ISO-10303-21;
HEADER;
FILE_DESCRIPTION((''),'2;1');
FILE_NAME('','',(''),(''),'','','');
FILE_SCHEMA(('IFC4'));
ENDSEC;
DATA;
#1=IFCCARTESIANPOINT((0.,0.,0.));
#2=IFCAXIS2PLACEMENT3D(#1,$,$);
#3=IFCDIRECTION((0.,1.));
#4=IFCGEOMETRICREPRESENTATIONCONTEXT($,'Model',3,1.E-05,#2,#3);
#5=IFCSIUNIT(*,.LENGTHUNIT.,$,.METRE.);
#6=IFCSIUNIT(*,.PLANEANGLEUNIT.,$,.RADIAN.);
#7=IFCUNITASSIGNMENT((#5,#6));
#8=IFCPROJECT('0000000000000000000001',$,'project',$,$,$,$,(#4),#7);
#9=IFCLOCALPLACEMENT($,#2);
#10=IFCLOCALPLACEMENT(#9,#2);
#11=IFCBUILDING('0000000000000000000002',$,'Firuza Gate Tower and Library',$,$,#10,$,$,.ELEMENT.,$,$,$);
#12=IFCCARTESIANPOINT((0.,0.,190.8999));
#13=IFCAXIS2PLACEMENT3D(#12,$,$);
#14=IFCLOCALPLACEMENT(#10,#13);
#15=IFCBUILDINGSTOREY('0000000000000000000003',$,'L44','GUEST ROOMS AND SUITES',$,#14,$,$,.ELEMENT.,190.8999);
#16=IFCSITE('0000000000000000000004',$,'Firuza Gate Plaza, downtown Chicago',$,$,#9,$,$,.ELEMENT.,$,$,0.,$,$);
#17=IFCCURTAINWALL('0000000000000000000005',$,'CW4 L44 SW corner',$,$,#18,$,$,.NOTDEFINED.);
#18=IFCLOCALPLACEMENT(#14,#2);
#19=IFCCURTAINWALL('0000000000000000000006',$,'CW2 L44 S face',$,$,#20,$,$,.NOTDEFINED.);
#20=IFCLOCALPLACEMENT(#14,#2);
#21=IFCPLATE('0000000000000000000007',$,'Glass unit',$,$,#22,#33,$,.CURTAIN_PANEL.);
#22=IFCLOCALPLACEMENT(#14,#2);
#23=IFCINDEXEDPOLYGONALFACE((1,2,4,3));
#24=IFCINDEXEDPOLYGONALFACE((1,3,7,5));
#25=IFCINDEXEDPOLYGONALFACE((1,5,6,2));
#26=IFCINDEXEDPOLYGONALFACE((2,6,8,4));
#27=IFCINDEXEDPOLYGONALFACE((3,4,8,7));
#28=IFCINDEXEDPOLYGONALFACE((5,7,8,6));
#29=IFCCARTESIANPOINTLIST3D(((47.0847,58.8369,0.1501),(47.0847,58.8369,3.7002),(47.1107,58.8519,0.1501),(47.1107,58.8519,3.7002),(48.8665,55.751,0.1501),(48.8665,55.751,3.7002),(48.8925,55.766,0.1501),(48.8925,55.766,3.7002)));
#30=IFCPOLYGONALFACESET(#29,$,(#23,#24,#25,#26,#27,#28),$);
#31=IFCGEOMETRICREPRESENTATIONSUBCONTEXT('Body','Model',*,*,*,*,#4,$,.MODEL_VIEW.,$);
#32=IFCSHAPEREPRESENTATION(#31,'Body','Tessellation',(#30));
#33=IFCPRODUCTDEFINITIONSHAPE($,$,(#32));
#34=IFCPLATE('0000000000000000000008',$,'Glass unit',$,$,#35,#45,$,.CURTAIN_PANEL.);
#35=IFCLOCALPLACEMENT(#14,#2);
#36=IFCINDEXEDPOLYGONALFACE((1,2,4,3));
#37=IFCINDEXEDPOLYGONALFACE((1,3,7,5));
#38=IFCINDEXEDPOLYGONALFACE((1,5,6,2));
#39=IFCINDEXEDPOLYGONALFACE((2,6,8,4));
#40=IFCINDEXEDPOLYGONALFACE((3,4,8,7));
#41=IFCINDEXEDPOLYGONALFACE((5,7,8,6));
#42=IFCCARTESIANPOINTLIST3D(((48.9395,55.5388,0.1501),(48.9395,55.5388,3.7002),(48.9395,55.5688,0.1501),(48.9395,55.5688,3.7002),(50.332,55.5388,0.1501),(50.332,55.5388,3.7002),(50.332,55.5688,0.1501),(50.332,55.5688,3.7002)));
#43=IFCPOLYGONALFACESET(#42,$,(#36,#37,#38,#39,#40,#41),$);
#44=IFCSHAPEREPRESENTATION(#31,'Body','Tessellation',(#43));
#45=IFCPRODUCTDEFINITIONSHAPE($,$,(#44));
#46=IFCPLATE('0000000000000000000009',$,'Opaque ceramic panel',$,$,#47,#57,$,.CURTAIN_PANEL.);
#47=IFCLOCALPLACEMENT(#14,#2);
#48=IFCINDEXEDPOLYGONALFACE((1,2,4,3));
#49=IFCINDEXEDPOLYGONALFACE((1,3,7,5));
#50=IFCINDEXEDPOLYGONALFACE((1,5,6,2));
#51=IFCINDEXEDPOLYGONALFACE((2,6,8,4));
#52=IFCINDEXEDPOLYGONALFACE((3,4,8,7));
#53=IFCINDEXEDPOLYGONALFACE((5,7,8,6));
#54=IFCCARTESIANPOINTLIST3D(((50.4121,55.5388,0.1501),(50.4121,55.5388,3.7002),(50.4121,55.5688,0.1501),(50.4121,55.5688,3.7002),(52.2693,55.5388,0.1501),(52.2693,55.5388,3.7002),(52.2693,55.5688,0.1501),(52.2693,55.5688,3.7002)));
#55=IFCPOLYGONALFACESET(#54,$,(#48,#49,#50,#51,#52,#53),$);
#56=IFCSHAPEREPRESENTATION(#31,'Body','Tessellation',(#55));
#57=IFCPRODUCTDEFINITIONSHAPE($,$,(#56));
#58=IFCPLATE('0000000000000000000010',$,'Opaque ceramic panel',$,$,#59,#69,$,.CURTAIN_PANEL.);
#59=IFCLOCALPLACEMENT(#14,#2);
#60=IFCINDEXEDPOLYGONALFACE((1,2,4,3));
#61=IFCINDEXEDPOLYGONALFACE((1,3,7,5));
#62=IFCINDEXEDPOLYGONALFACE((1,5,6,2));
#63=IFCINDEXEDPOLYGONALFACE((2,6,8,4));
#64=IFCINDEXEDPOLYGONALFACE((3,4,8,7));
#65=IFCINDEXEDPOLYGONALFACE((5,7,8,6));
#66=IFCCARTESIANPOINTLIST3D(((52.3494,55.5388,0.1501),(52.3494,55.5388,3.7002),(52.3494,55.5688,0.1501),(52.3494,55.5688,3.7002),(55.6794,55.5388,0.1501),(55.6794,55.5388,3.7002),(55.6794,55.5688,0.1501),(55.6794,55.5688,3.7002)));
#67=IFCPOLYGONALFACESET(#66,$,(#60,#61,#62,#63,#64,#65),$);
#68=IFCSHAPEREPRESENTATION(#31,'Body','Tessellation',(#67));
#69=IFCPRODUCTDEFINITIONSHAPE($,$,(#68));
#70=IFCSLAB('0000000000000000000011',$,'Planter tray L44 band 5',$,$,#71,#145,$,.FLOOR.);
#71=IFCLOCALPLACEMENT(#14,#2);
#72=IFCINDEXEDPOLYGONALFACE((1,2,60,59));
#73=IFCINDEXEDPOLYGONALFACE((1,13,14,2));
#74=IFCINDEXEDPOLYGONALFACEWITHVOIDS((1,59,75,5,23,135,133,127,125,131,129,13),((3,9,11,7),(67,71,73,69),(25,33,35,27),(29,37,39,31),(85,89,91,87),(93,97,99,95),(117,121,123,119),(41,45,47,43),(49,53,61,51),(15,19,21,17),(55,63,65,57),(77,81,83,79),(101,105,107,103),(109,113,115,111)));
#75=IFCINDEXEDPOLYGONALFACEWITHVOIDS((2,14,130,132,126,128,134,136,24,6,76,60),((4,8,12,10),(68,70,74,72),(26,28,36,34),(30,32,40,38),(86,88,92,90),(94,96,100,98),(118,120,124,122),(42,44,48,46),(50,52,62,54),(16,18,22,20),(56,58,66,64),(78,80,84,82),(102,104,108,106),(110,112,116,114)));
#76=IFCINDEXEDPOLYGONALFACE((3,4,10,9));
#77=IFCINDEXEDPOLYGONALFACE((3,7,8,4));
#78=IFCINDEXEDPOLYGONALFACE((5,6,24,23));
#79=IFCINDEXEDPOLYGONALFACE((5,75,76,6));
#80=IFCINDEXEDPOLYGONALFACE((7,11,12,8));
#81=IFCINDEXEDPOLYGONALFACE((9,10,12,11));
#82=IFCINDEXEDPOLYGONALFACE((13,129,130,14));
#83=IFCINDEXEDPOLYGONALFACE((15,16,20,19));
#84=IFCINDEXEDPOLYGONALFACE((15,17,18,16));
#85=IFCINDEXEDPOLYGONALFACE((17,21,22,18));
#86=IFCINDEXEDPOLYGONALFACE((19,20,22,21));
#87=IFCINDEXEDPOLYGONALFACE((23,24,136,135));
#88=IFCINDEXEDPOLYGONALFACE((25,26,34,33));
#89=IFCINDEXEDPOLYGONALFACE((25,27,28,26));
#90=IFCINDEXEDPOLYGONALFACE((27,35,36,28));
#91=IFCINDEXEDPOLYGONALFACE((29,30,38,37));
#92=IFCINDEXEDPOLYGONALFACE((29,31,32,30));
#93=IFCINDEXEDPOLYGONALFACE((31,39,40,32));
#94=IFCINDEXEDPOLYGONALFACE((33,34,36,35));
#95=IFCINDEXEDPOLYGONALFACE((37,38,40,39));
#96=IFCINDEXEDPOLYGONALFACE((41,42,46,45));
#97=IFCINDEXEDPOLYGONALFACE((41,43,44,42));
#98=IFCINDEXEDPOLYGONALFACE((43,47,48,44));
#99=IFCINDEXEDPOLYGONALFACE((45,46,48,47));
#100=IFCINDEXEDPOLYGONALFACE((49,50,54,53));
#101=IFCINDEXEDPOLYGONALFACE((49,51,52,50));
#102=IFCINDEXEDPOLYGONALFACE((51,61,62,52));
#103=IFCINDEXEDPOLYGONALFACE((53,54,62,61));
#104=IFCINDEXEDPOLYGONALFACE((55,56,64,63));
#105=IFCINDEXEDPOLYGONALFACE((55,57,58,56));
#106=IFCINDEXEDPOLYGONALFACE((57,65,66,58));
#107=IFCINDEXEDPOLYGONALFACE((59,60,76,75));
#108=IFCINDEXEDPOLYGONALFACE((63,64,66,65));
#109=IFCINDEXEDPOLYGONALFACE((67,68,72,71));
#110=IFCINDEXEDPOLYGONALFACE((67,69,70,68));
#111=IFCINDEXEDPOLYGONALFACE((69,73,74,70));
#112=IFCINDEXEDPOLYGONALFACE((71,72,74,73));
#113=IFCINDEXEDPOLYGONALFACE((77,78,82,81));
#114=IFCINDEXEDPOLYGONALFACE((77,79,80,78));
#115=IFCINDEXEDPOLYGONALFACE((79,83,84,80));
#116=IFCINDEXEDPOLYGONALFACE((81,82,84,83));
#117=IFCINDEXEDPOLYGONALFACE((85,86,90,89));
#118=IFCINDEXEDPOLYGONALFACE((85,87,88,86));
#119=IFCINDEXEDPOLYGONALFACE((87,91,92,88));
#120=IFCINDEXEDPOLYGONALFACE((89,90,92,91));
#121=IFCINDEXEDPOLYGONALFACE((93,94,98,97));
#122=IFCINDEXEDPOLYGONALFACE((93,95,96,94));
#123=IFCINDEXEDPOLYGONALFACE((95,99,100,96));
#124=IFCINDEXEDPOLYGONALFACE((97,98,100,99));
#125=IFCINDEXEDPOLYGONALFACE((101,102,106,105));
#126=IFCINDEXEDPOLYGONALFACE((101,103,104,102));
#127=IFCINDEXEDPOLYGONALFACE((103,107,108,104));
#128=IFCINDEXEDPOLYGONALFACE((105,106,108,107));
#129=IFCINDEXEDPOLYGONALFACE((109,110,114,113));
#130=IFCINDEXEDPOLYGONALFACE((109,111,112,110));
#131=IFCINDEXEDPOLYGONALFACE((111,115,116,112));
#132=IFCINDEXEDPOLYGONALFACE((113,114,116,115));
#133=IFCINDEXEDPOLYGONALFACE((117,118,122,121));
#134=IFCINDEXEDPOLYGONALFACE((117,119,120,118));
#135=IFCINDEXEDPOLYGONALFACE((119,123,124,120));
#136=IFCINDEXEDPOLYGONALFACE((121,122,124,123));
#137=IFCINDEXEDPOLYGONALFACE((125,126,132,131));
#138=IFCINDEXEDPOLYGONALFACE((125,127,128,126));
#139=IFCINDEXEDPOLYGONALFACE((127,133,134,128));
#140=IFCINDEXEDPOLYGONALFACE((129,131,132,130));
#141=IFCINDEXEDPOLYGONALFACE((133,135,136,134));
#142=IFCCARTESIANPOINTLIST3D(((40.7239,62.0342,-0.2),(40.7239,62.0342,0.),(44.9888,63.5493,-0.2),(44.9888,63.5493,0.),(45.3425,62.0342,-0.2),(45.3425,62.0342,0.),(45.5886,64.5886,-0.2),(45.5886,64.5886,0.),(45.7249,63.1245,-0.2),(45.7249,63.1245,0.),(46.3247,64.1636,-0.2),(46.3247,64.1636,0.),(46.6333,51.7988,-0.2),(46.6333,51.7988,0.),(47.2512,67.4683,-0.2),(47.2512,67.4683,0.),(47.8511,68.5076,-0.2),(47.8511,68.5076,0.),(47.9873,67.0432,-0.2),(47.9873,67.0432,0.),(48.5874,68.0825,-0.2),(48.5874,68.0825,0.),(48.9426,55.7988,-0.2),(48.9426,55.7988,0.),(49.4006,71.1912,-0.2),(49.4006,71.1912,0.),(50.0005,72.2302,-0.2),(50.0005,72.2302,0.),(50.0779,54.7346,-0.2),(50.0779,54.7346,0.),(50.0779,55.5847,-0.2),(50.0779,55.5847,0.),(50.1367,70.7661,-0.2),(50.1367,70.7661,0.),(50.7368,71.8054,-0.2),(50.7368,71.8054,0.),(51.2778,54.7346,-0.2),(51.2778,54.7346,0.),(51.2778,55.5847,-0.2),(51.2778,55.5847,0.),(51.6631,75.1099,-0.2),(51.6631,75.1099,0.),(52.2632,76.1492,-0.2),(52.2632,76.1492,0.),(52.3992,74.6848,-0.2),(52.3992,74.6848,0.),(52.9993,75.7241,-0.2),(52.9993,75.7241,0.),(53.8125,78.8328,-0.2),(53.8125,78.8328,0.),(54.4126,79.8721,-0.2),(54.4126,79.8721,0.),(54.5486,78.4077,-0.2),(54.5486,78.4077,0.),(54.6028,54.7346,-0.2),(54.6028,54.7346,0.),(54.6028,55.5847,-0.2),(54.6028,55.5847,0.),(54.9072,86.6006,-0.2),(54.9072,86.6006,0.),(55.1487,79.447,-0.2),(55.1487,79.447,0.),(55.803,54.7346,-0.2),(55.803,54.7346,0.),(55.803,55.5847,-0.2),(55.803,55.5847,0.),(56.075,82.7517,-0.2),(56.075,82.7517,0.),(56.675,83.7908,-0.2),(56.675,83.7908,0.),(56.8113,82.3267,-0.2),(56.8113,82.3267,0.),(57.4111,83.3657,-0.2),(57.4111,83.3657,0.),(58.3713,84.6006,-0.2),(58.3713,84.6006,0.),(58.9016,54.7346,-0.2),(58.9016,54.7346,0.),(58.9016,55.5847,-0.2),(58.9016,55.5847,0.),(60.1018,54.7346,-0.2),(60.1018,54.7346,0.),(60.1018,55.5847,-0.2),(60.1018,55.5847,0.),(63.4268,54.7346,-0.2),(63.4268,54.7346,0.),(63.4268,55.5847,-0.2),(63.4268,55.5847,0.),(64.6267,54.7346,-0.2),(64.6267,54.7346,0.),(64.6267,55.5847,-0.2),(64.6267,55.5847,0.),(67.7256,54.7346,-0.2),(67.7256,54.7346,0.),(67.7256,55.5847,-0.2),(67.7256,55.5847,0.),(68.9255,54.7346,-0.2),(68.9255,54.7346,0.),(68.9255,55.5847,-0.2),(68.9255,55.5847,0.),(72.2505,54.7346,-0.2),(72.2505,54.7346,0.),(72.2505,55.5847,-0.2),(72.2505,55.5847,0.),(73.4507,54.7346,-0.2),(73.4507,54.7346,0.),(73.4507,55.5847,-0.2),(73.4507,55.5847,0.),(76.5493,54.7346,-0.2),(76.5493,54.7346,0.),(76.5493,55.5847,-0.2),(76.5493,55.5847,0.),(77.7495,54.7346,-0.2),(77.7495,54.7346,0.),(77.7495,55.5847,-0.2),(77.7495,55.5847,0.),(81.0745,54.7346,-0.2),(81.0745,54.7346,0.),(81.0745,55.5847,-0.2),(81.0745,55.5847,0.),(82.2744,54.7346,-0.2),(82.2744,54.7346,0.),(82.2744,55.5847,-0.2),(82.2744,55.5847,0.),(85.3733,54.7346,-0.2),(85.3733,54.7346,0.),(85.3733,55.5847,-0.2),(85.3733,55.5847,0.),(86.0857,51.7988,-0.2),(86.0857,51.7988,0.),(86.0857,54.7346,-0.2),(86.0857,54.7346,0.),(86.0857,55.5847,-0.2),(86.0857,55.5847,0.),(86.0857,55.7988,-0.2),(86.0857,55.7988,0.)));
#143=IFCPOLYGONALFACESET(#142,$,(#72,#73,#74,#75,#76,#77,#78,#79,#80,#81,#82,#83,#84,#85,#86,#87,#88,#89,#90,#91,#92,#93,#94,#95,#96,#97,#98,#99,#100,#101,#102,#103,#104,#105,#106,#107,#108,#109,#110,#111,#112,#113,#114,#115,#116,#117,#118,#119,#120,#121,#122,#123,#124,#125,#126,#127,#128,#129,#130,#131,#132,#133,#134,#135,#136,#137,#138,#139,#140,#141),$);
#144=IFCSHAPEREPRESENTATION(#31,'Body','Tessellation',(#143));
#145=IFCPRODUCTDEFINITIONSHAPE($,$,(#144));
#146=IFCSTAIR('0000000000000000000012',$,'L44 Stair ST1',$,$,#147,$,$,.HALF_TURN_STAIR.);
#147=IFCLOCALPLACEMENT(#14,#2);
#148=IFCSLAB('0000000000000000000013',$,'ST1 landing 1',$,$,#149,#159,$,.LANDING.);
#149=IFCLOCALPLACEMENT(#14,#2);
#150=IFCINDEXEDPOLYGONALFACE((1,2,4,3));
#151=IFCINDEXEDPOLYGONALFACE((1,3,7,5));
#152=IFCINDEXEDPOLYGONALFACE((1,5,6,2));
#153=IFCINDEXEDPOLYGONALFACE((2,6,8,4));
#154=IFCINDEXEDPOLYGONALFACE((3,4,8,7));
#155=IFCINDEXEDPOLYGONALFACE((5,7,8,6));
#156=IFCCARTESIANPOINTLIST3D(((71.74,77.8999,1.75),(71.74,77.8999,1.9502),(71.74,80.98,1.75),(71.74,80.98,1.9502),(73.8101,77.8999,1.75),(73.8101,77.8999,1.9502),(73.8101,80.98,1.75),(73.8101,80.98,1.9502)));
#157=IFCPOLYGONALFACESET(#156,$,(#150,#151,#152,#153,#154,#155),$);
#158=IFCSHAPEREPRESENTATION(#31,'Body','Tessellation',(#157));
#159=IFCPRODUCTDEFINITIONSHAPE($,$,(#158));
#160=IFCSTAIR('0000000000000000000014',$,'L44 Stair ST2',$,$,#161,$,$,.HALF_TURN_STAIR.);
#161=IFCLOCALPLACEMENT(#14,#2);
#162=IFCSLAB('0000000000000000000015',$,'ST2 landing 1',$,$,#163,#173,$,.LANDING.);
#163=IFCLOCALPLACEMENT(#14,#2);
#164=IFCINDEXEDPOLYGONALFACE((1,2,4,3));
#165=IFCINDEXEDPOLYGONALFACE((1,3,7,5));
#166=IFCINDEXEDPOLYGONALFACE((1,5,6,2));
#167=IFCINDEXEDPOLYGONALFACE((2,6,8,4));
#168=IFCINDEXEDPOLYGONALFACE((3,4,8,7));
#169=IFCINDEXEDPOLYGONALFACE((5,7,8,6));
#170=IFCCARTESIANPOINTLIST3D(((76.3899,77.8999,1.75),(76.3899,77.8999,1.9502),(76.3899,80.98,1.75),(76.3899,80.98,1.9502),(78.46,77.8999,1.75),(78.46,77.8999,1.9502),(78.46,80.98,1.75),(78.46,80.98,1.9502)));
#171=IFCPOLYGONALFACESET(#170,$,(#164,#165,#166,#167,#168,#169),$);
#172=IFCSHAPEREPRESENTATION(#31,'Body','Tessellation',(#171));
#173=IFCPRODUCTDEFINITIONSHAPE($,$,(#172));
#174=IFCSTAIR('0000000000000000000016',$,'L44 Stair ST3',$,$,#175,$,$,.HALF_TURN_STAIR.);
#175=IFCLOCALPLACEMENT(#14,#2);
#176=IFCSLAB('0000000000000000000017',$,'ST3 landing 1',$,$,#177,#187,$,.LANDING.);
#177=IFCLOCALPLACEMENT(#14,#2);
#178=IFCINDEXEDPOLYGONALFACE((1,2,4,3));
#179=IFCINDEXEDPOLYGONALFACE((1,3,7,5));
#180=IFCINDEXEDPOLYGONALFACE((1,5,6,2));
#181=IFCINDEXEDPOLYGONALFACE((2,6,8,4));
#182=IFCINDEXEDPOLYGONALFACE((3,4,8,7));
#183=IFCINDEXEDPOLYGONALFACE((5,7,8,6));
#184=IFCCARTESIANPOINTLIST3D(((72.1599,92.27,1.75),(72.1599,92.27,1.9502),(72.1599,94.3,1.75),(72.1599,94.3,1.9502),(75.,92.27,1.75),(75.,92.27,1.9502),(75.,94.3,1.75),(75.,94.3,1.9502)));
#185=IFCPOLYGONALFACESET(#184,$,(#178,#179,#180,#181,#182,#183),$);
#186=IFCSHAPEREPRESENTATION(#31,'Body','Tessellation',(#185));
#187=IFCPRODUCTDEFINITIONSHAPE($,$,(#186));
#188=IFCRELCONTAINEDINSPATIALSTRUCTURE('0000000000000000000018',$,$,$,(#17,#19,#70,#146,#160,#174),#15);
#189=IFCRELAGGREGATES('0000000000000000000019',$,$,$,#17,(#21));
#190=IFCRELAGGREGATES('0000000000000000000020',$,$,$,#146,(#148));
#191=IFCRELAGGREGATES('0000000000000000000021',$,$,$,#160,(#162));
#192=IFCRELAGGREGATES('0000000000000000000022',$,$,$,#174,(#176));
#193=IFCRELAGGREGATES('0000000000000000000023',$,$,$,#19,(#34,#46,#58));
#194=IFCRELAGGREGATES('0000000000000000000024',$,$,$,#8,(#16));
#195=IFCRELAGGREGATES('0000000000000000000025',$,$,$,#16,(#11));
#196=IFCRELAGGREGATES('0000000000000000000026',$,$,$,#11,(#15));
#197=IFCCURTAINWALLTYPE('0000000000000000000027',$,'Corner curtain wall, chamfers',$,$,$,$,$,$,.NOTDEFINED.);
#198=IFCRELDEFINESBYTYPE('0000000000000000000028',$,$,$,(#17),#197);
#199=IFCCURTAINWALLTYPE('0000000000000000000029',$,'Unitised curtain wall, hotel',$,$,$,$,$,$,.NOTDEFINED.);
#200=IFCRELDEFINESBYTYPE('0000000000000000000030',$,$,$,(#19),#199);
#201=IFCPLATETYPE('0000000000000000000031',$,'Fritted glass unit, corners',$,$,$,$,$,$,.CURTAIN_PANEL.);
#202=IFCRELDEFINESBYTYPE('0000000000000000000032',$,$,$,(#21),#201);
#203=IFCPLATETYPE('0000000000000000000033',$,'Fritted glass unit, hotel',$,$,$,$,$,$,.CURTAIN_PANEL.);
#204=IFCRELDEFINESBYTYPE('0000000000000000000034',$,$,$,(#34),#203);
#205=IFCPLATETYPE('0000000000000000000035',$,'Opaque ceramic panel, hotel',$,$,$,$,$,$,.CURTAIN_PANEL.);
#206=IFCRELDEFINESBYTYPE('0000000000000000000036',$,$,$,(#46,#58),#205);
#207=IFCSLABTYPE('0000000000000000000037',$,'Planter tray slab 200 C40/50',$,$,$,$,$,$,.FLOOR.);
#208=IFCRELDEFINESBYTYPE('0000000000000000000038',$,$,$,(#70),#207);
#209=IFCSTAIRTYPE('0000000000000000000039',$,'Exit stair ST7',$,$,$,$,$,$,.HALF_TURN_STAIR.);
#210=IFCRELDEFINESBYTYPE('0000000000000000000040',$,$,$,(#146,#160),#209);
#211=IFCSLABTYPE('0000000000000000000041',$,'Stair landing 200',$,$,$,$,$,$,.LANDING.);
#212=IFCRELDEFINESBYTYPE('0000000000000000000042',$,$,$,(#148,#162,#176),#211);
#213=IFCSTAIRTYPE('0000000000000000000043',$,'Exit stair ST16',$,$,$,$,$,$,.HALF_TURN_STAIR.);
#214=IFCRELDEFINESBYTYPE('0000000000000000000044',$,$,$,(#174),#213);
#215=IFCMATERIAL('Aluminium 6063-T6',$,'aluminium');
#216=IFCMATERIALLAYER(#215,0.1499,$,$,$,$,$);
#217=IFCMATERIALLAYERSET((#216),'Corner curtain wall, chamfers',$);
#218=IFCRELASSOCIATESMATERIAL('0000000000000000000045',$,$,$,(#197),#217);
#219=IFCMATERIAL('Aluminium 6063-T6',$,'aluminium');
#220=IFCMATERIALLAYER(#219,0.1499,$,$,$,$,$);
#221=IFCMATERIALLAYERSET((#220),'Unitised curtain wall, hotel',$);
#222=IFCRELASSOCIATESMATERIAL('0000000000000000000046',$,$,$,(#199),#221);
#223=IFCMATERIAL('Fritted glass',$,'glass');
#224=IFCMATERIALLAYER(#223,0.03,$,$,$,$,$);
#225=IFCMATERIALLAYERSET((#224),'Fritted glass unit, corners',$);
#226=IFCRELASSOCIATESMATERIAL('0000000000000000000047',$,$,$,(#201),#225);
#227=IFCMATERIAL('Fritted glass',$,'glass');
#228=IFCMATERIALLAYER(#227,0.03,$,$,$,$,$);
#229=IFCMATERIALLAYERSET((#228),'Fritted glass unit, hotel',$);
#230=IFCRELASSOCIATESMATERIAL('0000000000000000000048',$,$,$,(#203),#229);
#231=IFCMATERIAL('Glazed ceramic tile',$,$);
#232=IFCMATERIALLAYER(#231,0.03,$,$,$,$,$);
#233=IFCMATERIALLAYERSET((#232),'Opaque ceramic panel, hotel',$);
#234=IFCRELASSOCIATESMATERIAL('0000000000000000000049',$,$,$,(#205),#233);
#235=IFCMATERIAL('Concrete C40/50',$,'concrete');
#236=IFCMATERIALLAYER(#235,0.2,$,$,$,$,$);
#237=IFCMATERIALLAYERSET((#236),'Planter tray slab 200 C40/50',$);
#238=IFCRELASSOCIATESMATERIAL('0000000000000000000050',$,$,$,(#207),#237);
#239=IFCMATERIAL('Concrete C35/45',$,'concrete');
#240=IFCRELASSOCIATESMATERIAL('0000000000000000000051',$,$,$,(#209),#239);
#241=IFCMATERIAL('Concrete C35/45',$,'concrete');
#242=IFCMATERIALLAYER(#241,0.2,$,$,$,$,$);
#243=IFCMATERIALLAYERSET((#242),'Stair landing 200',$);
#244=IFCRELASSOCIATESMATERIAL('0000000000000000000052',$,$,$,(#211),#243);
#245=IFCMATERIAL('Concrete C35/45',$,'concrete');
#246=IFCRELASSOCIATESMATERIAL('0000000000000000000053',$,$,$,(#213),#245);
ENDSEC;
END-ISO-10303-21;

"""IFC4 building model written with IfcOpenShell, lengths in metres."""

from ifc_helpers import new_model, si_unit, direction, frame, origin, place, context, subcontext, project, spatial, polyline, outline, extrude, material, layer, layer_set, type_object, element, aggregate, save


model = new_model("IFC4")

# Units and contexts
model_context = context("Model", 3, precision=1e-05, world=origin(), true_north=direction((0.0, 1.0)))
body_context = subcontext(model_context, "Body", "Model", "MODEL_VIEW")
ifc_project = project(units=[si_unit("LENGTHUNIT", "METRE"), si_unit("PLANEANGLEUNIT", "RADIAN")], contexts=[model_context])

# Site, building, storey
site_placement = place(None, origin())
site = spatial("IfcSite", under=ifc_project, at=site_placement, Name="Firuza Gate Plaza, downtown Chicago", CompositionType="ELEMENT", RefElevation=0.0)
building_placement = place(site_placement, origin())
building = spatial("IfcBuilding", under=site, at=building_placement, Name="Firuza Gate Tower and Library", CompositionType="ELEMENT")
storey_placement = place(building_placement, frame((0.0, 0.0, 190.8999)))
storey = spatial("IfcBuildingStorey", under=building, at=storey_placement, Name="L44", Description="GUEST ROOMS AND SUITES", CompositionType="ELEMENT", Elevation=190.8999)

# Curtain walls
ifc_material_1 = material(Name="Aluminium 6063-T6", Category="aluminium")
ifc_layer_1 = layer(ifc_material_1, 0.1499)
ifc_layer_set_1 = layer_set([ifc_layer_1], Name="Corner curtain wall, chamfers")
curtain_wall_type_1 = type_object("IfcCurtainWallType", Name="Corner curtain wall, chamfers", PredefinedType="NOTDEFINED", material=ifc_layer_set_1)
placement_1 = place(storey_placement, origin())
curtain_wall_1 = element("IfcCurtainWall", 1, at=placement_1, inside=storey, type_object=curtain_wall_type_1, Name="CW4 L44 SW corner", PredefinedType="NOTDEFINED")
ifc_material_2 = material(Name="Aluminium 6063-T6", Category="aluminium")
ifc_layer_2 = layer(ifc_material_2, 0.1499)
ifc_layer_set_2 = layer_set([ifc_layer_2], Name="Unitised curtain wall, hotel")
curtain_wall_type_2 = type_object("IfcCurtainWallType", Name="Unitised curtain wall, hotel", PredefinedType="NOTDEFINED", material=ifc_layer_set_2)
curtain_wall_2 = element("IfcCurtainWall", 2, at=placement_1, inside=storey, type_object=curtain_wall_type_2, Name="CW2 L44 S face", PredefinedType="NOTDEFINED")

# Shared definitions
placement_2 = place(storey_placement, frame((0.0, 0.0, -0.2)))

# Plates
ifc_material_3 = material(Name="Fritted glass", Category="glass")
ifc_layer_3 = layer(ifc_material_3, 0.03)
ifc_layer_set_3 = layer_set([ifc_layer_3], Name="Fritted glass unit, corners")
plate_type_1 = type_object("IfcPlateType", Name="Fritted glass unit, corners", PredefinedType="CURTAIN_PANEL", material=ifc_layer_set_3)
plate_1_placement = place(storey_placement, frame((47.0847, 58.8369, 0.1501), z_axis=(-0.866017, -0.500015, 0.0), x_axis=(0.500015, -0.866017, 0.0)))
plate_1 = element("IfcPlate", 3, at=plate_1_placement, type_object=plate_type_1, Name="Glass unit", PredefinedType="CURTAIN_PANEL", context=body_context, shape_type="SweptSolid", body=[
    extrude(outline(polyline([(0.0, 0.0), (3.5634, 0.0), (3.5634, 3.55), (0.0, 3.55), (0.0, 0.0)])), origin(), (0.0, 0.0, -1.0), 0.03),
])
aggregate(curtain_wall_1, [plate_1])
ifc_material_4 = material(Name="Fritted glass", Category="glass")
ifc_layer_4 = layer(ifc_material_4, 0.03)
ifc_layer_set_4 = layer_set([ifc_layer_4], Name="Fritted glass unit, hotel")
plate_type_2 = type_object("IfcPlateType", Name="Fritted glass unit, hotel", PredefinedType="CURTAIN_PANEL", material=ifc_layer_set_4)
plate_2_placement = place(storey_placement, frame((48.9395, 55.5388, 0.1501), z_axis=(0.0, -1.0, 0.0), x_axis=(1.0, 0.0, 0.0)))
plate_2 = element("IfcPlate", 4, at=plate_2_placement, type_object=plate_type_2, Name="Glass unit", PredefinedType="CURTAIN_PANEL", context=body_context, shape_type="SweptSolid", body=[
    extrude(outline(polyline([(0.0, 0.0), (1.3926, 0.0), (1.3926, 3.55), (0.0, 3.55), (0.0, 0.0)])), origin(), (0.0, 0.0, -1.0), 0.03),
])
ifc_material_5 = material(Name="Glazed ceramic tile")
ifc_layer_5 = layer(ifc_material_5, 0.03)
ifc_layer_set_5 = layer_set([ifc_layer_5], Name="Opaque ceramic panel, hotel")
plate_type_3 = type_object("IfcPlateType", Name="Opaque ceramic panel, hotel", PredefinedType="CURTAIN_PANEL", material=ifc_layer_set_5)
plate_3_placement = place(storey_placement, frame((50.4121, 55.5388, 0.1501), z_axis=(0.0, -1.0, 0.0), x_axis=(1.0, 0.0, 0.0)))
plate_3 = element("IfcPlate", 5, at=plate_3_placement, type_object=plate_type_3, Name="Opaque ceramic panel", PredefinedType="CURTAIN_PANEL", context=body_context, shape_type="SweptSolid", body=[
    extrude(outline(polyline([(0.0, 0.0), (1.8572, 0.0), (1.8572, 3.55), (0.0, 3.55), (0.0, 0.0)])), origin(), (0.0, 0.0, -1.0), 0.03),
])
plate_4_placement = place(storey_placement, frame((52.3494, 55.5388, 0.1501), z_axis=(0.0, -1.0, 0.0), x_axis=(1.0, 0.0, 0.0)))
plate_4 = element("IfcPlate", 6, at=plate_4_placement, type_object=plate_type_3, Name="Opaque ceramic panel", PredefinedType="CURTAIN_PANEL", context=body_context, shape_type="SweptSolid", body=[
    extrude(outline(polyline([(0.0, 0.0), (3.3301, 0.0), (3.3301, 3.55), (0.0, 3.55), (0.0, 0.0)])), origin(), (0.0, 0.0, -1.0), 0.03),
])

# Slab
ifc_material_6 = material(Name="Concrete C40/50", Category="concrete")
ifc_layer_6 = layer(ifc_material_6, 0.2)
ifc_layer_set_6 = layer_set([ifc_layer_6], Name="Planter tray slab 200 C40/50")
slab_type_1 = type_object("IfcSlabType", Name="Planter tray slab 200 C40/50", PredefinedType="FLOOR", material=ifc_layer_set_6)
element("IfcSlab", 7, at=placement_2, inside=storey, type_object=slab_type_1, Name="Planter tray L44 band 5", PredefinedType="FLOOR", context=body_context, shape_type="SweptSolid", body=[
    extrude(outline(polyline([(86.0857, 51.7988), (86.0857, 54.7346), (85.3733, 54.7346), (85.3733, 55.5847), (86.0857, 55.5847), (86.0857, 55.7988), (48.9426, 55.7988), (45.3425, 62.0342), (58.3713, 84.6006), (54.9072, 86.6006), (40.7239, 62.0342), (46.6333, 51.7988), (86.0857, 51.7988)]), holes=[polyline([(58.9016, 54.7346), (58.9016, 55.5847), (60.1018, 55.5847), (60.1018, 54.7346), (58.9016, 54.7346)]), polyline([(72.2505, 54.7346), (72.2505, 55.5847), (73.4507, 55.5847), (73.4507, 54.7346), (72.2505, 54.7346)]), polyline([(67.7256, 54.7346), (67.7256, 55.5847), (68.9255, 55.5847), (68.9255, 54.7346), (67.7256, 54.7346)]), polyline([(63.4268, 54.7346), (63.4268, 55.5847), (64.6267, 55.5847), (64.6267, 54.7346), (63.4268, 54.7346)]), polyline([(54.6028, 54.7346), (54.6028, 55.5847), (55.803, 55.5847), (55.803, 54.7346), (54.6028, 54.7346)]), polyline([(50.0779, 54.7346), (50.0779, 55.5847), (51.2778, 55.5847), (51.2778, 54.7346), (50.0779, 54.7346)]), polyline([(45.5886, 64.5886), (46.3247, 64.1636), (45.7249, 63.1245), (44.9888, 63.5493), (45.5886, 64.5886)]), polyline([(48.5874, 68.0825), (47.9873, 67.0432), (47.2512, 67.4683), (47.8511, 68.5076), (48.5874, 68.0825)]), polyline([(50.7368, 71.8054), (50.1367, 70.7661), (49.4006, 71.1912), (50.0005, 72.2302), (50.7368, 71.8054)]), polyline([(52.2632, 76.1492), (52.9993, 75.7241), (52.3992, 74.6848), (51.6631, 75.1099), (52.2632, 76.1492)]), polyline([(54.4126, 79.8721), (55.1487, 79.447), (54.5486, 78.4077), (53.8125, 78.8328), (54.4126, 79.8721)]), polyline([(56.675, 83.7908), (57.4111, 83.3657), (56.8113, 82.3267), (56.075, 82.7517), (56.675, 83.7908)]), polyline([(81.0745, 54.7346), (81.0745, 55.5847), (82.2744, 55.5847), (82.2744, 54.7346), (81.0745, 54.7346)]), polyline([(76.5493, 54.7346), (76.5493, 55.5847), (77.7495, 55.5847), (77.7495, 54.7346), (76.5493, 54.7346)])]), origin(), (0.0, 0.0, 1.0), 0.2),
])

# Stairs, slabs
ifc_material_7 = material(Name="Concrete C35/45", Category="concrete")
stair_type_1 = type_object("IfcStairType", Name="Exit stair ST7", PredefinedType="HALF_TURN_STAIR", material=ifc_material_7)
stair_1 = element("IfcStair", 8, at=placement_1, inside=storey, type_object=stair_type_1, Name="L44 Stair ST1", PredefinedType="HALF_TURN_STAIR")
ifc_material_8 = material(Name="Concrete C35/45", Category="concrete")
ifc_layer_7 = layer(ifc_material_8, 0.2)
ifc_layer_set_7 = layer_set([ifc_layer_7], Name="Stair landing 200")
slab_type_2 = type_object("IfcSlabType", Name="Stair landing 200", PredefinedType="LANDING", material=ifc_layer_set_7)
placement_3 = place(storey_placement, frame((0.0, 0.0, 1.75)))
slab_1 = element("IfcSlab", 9, at=placement_3, type_object=slab_type_2, Name="ST1 landing 1", PredefinedType="LANDING", context=body_context, shape_type="SweptSolid", body=[
    extrude(outline(polyline([(71.74, 77.8999), (73.8101, 77.8999), (73.8101, 80.98), (71.74, 80.98), (71.74, 77.8999)])), origin(), (0.0, 0.0, 1.0), 0.2002),
])
aggregate(stair_1, [slab_1])
stair_2 = element("IfcStair", 10, at=placement_1, inside=storey, type_object=stair_type_1, Name="L44 Stair ST2", PredefinedType="HALF_TURN_STAIR")
slab_2 = element("IfcSlab", 11, at=placement_3, type_object=slab_type_2, Name="ST2 landing 1", PredefinedType="LANDING", context=body_context, shape_type="SweptSolid", body=[
    extrude(outline(polyline([(78.46, 80.98), (76.3899, 80.98), (76.3899, 77.8999), (78.46, 77.8999), (78.46, 80.98)])), origin(), (0.0, 0.0, 1.0), 0.2002),
])
aggregate(stair_2, [slab_2])
ifc_material_9 = material(Name="Concrete C35/45", Category="concrete")
stair_type_2 = type_object("IfcStairType", Name="Exit stair ST16", PredefinedType="HALF_TURN_STAIR", material=ifc_material_9)
stair_3 = element("IfcStair", 12, at=placement_1, inside=storey, type_object=stair_type_2, Name="L44 Stair ST3", PredefinedType="HALF_TURN_STAIR")
slab_3 = element("IfcSlab", 13, at=placement_3, type_object=slab_type_2, Name="ST3 landing 1", PredefinedType="LANDING", context=body_context, shape_type="SweptSolid", body=[
    extrude(outline(polyline([(75.0, 92.27), (75.0, 94.3), (72.1599, 94.3), (72.1599, 92.27), (75.0, 92.27)])), origin(), (0.0, 0.0, 1.0), 0.2002),
])
aggregate(stair_3, [slab_3])

aggregate(curtain_wall_2, [plate_2, plate_3, plate_4])

save(model, "model.ifc")
